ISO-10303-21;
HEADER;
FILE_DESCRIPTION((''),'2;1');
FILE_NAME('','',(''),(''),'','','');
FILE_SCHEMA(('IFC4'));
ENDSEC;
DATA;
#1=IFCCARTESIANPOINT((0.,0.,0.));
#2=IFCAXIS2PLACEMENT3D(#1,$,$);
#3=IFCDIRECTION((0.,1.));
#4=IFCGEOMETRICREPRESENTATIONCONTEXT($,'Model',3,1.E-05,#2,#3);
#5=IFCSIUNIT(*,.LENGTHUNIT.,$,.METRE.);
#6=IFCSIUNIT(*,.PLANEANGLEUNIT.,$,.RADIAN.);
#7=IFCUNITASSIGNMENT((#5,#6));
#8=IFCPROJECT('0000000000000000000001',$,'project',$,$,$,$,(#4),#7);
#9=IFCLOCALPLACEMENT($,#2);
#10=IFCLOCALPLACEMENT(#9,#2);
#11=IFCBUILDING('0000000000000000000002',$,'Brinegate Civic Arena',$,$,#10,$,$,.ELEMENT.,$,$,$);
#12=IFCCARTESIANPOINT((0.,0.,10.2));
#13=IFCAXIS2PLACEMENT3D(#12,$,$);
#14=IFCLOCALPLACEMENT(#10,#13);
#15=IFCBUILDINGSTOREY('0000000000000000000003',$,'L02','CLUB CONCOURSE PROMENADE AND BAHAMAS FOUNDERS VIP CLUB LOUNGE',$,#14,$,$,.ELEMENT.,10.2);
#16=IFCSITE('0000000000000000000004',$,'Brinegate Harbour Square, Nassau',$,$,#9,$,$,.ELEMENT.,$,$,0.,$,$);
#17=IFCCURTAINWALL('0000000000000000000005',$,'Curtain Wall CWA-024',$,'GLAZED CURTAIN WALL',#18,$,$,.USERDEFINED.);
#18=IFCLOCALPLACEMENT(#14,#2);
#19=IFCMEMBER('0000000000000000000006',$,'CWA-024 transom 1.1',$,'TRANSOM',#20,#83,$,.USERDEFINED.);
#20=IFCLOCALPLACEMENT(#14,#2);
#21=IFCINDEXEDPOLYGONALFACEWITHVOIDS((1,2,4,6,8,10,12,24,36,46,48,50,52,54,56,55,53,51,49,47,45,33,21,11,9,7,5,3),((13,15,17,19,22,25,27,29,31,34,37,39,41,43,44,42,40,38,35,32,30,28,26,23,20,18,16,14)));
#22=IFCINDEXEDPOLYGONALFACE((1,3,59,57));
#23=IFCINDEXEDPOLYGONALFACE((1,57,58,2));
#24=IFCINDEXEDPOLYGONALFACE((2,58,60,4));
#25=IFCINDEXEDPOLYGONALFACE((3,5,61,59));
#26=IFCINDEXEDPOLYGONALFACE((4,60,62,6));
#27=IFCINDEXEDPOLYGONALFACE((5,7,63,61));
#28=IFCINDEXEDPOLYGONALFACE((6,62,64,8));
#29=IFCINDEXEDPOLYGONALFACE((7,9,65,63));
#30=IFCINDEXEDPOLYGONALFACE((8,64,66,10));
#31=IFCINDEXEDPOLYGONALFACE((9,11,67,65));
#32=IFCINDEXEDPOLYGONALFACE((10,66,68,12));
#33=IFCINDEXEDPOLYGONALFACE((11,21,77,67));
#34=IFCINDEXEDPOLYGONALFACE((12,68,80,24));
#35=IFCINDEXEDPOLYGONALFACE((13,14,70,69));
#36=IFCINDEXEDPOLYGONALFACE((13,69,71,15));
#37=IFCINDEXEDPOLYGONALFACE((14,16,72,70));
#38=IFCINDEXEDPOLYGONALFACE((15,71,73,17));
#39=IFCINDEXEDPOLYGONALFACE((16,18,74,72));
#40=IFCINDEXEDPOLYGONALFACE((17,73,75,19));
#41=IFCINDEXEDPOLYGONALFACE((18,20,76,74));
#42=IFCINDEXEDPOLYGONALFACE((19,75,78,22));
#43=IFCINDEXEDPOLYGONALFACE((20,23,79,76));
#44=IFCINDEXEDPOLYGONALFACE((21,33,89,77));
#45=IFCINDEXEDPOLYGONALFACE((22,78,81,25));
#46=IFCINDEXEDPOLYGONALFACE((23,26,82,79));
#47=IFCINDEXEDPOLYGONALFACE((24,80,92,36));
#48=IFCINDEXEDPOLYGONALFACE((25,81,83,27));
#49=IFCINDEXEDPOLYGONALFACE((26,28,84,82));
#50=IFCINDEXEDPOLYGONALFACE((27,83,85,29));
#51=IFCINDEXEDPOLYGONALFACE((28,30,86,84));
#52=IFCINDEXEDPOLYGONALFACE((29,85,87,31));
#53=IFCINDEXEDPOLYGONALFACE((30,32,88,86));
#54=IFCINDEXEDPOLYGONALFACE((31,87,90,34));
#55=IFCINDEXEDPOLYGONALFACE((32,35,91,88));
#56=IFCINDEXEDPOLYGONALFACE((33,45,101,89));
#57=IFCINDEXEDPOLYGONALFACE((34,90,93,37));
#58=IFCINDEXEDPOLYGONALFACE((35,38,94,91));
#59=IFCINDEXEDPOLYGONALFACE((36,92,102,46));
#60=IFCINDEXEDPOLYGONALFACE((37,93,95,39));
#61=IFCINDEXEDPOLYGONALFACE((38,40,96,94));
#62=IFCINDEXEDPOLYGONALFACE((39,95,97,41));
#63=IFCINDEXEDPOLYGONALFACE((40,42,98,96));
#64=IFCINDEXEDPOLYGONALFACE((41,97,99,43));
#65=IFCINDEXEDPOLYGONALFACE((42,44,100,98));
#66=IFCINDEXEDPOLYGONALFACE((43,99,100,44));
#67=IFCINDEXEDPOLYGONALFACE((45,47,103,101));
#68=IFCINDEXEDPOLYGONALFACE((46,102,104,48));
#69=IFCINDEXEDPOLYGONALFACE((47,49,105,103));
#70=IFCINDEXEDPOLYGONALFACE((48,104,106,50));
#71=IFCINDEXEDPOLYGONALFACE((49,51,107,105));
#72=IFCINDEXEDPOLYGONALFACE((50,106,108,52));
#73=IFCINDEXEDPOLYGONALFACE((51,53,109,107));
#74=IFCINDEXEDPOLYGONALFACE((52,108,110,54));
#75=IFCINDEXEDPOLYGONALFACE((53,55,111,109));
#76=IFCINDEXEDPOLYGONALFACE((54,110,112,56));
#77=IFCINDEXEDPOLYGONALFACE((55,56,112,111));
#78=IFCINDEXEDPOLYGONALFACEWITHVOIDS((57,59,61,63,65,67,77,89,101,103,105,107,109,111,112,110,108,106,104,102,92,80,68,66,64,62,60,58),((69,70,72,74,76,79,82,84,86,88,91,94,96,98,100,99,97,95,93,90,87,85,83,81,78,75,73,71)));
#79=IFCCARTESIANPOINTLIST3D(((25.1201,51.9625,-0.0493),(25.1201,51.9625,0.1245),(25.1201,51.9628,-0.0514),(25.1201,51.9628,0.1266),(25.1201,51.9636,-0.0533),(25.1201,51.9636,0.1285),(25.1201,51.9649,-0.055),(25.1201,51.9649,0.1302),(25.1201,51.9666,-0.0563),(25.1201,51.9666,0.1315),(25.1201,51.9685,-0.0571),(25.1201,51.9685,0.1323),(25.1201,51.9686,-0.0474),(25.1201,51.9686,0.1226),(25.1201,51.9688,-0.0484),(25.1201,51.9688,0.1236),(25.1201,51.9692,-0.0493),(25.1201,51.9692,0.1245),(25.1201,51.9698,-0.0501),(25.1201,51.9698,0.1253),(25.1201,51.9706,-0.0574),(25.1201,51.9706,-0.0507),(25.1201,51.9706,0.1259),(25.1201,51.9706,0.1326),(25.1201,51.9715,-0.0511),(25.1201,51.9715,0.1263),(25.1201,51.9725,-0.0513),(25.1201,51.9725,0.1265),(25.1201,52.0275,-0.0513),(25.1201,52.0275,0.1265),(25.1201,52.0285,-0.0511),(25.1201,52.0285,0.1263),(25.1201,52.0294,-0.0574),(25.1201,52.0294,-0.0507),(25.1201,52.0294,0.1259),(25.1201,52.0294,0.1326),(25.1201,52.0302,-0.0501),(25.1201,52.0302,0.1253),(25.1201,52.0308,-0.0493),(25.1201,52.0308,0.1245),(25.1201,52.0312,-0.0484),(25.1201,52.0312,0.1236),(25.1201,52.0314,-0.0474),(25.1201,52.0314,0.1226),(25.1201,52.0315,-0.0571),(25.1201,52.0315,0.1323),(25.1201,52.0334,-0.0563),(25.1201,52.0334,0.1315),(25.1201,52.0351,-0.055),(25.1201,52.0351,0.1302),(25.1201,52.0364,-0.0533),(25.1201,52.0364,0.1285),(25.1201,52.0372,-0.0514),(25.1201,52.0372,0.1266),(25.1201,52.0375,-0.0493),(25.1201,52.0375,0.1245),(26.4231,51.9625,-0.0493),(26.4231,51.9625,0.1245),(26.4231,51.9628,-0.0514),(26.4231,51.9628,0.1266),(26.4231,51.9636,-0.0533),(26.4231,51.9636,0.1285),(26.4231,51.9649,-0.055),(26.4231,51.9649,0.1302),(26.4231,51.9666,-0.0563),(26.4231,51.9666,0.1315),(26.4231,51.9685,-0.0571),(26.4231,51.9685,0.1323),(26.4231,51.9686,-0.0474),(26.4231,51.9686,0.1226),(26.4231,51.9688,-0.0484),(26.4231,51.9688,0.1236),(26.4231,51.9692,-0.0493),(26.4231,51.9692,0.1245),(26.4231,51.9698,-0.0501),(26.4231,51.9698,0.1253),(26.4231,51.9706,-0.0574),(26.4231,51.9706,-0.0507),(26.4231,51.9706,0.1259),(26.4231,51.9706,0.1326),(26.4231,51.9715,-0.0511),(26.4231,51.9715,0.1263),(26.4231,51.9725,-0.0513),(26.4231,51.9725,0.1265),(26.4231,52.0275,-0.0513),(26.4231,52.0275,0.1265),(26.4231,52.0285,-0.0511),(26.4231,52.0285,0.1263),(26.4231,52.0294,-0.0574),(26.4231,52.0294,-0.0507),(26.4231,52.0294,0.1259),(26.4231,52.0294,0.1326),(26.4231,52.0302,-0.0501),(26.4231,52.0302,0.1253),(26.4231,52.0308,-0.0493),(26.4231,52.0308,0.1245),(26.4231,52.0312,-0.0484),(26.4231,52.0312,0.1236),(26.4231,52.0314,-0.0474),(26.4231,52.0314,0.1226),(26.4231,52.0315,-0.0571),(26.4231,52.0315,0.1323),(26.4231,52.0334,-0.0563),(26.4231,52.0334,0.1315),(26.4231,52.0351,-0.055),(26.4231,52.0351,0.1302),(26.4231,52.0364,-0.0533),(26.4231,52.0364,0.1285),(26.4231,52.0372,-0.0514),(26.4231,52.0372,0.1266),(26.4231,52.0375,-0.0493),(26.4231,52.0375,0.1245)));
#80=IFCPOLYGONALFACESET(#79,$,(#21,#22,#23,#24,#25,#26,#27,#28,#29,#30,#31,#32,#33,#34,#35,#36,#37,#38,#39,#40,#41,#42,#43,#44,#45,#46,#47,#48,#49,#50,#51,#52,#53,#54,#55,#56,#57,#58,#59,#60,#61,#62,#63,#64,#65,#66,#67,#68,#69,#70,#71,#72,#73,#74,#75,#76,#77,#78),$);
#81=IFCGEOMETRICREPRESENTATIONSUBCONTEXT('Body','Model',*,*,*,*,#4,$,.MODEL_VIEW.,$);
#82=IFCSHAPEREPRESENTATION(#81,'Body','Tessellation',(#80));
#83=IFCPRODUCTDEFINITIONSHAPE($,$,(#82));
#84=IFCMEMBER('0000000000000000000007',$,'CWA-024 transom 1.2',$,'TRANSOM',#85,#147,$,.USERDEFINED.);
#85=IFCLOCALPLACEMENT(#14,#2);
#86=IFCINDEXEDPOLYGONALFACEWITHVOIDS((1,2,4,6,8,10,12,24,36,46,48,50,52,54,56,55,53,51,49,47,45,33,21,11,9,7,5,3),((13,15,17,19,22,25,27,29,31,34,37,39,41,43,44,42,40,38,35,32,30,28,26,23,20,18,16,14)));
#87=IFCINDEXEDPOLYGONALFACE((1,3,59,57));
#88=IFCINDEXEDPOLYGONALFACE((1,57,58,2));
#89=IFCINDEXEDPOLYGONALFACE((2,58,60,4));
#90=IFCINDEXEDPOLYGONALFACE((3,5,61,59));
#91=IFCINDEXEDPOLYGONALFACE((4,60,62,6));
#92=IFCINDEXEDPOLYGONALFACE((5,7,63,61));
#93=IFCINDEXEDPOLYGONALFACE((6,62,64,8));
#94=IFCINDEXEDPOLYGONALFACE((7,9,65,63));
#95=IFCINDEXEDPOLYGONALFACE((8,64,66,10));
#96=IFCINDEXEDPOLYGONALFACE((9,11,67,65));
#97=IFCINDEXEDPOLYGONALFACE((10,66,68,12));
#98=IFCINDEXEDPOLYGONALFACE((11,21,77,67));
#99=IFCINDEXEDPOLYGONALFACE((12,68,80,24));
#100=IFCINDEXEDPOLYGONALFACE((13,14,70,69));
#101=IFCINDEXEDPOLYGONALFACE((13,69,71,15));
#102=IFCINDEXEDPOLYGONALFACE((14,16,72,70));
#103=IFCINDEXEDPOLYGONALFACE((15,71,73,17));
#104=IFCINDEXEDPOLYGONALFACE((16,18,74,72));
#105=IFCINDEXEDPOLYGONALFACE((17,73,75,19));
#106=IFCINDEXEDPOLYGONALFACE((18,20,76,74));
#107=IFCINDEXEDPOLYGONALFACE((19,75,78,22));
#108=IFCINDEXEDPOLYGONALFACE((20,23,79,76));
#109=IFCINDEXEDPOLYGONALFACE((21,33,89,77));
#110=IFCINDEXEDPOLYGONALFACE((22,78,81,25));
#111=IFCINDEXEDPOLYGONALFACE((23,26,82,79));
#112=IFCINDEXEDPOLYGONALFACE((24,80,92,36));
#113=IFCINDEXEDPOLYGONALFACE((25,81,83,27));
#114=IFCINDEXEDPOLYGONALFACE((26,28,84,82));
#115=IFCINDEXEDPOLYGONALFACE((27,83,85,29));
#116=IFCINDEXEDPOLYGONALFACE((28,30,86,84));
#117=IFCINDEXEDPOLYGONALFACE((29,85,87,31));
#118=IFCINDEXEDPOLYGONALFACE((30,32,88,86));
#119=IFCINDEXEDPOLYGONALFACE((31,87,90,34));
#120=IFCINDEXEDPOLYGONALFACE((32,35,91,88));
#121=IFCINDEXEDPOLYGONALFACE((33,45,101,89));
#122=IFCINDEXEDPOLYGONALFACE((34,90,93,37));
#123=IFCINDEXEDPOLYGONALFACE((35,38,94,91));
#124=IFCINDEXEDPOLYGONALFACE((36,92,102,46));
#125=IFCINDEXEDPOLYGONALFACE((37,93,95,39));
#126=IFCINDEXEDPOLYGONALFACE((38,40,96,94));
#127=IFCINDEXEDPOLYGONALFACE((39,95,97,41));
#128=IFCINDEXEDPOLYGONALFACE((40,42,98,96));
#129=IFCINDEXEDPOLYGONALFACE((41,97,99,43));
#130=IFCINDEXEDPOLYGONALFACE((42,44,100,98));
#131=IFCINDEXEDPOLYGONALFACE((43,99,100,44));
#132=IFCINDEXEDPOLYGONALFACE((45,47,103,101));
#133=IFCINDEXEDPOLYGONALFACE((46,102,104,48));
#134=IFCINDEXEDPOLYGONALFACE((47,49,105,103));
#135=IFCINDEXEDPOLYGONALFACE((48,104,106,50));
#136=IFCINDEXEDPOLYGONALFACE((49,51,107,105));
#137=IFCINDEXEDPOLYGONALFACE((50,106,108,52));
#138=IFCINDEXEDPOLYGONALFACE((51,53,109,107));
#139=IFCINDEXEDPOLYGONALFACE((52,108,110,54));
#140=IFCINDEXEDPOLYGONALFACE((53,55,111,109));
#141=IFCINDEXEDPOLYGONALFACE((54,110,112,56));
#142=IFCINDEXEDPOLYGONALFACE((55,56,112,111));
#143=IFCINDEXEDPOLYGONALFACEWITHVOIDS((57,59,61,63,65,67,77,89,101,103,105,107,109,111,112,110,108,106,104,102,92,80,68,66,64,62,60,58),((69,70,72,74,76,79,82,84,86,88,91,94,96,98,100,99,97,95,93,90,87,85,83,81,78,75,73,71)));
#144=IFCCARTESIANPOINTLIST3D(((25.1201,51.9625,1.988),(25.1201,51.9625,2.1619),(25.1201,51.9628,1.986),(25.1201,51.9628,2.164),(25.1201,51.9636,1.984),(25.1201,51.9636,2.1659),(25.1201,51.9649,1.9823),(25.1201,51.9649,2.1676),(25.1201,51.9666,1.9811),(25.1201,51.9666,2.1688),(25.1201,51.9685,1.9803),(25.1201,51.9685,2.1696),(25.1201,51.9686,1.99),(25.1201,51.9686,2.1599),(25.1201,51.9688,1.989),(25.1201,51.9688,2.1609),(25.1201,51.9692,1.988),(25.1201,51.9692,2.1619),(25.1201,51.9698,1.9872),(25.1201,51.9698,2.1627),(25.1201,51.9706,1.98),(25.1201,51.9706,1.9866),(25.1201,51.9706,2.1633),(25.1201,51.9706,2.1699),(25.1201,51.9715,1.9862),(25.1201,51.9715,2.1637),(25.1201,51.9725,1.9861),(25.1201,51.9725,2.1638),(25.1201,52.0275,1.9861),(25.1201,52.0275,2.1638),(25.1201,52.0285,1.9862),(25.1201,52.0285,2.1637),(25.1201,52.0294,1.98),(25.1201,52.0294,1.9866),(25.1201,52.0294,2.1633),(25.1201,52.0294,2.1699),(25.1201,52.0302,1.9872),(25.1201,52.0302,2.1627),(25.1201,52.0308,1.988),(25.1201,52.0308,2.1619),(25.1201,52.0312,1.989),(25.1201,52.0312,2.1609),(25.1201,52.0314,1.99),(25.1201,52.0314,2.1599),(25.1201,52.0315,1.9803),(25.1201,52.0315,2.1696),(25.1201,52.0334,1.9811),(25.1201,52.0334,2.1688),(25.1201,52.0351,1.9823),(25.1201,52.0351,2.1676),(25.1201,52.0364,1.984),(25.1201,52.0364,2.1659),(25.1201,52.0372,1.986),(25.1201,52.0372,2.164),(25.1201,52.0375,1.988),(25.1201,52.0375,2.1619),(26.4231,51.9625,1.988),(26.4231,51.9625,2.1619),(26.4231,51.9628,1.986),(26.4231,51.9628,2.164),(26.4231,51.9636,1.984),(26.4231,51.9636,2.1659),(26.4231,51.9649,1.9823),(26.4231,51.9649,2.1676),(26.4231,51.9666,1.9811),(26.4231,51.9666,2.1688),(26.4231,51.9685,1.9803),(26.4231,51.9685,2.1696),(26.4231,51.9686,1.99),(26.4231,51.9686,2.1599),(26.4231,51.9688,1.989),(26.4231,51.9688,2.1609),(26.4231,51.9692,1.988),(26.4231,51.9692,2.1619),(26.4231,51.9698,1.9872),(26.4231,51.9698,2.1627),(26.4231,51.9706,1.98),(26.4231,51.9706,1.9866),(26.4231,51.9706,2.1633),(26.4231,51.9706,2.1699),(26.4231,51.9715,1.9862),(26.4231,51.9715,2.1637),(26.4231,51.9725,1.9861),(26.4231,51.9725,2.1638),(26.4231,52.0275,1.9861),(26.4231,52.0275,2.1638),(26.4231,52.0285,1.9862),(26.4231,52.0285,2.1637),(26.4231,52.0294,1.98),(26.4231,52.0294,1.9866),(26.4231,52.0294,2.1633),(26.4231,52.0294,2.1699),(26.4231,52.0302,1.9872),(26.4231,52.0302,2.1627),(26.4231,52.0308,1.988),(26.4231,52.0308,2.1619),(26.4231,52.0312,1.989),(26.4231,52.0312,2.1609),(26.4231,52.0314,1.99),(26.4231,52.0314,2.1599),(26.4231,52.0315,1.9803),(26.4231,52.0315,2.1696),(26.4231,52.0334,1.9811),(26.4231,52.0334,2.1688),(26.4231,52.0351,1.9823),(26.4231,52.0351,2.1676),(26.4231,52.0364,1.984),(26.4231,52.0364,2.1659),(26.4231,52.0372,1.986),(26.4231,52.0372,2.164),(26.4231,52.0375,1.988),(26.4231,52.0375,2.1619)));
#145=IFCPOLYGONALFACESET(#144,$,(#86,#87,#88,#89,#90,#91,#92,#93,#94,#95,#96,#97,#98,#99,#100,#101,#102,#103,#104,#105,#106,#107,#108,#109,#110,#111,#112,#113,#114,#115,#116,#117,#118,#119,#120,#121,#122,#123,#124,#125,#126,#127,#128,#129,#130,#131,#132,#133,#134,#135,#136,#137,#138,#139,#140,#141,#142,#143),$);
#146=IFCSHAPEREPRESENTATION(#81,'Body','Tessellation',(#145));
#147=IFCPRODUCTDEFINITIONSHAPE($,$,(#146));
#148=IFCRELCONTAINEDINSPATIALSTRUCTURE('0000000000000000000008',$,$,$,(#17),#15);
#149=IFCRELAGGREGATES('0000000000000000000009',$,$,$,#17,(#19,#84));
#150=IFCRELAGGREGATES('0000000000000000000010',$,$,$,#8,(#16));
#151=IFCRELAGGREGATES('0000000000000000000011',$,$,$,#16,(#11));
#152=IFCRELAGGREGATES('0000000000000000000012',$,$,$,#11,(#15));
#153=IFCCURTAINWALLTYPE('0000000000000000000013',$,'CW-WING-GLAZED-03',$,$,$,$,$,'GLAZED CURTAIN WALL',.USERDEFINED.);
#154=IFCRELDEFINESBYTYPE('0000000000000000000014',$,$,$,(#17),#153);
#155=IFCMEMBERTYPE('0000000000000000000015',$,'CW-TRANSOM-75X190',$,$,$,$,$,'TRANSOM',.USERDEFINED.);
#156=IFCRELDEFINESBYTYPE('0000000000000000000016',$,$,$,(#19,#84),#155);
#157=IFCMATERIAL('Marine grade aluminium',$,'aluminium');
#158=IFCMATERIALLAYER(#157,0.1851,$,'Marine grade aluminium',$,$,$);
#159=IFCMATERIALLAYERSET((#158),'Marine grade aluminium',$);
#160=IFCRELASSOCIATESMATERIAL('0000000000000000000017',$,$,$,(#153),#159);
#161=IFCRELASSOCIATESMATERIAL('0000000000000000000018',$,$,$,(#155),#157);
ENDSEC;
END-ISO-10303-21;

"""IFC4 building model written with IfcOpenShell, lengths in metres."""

from ifc_helpers import new_model, si_unit, direction, frame, origin, origin_2d, place, context, subcontext, project, spatial, hollow_rectangle, extrude, material, layer, layer_set, material_profile, profile_set, type_object, element, aggregate, save


model = new_model("IFC4")

# Units and contexts
model_context = context("Model", 3, precision=1e-05, world=origin(), true_north=direction((0.0, 1.0)))
body_context = subcontext(model_context, "Body", "Model", "MODEL_VIEW")
ifc_project = project(units=[si_unit("LENGTHUNIT", "METRE"), si_unit("PLANEANGLEUNIT", "RADIAN")], contexts=[model_context])

# Site, building, storey
site_placement = place(None, origin())
site = spatial("IfcSite", under=ifc_project, at=site_placement, Name="Brinegate Harbour Square, Nassau", CompositionType="ELEMENT", RefElevation=0.0)
building_placement = place(site_placement, origin())
building = spatial("IfcBuilding", under=site, at=building_placement, Name="Brinegate Civic Arena", CompositionType="ELEMENT")
storey_placement = place(building_placement, frame((0.0, 0.0, 10.2)))
storey = spatial("IfcBuildingStorey", under=building, at=storey_placement, Name="L02", Description="CLUB CONCOURSE PROMENADE AND BAHAMAS FOUNDERS VIP CLUB LOUNGE", CompositionType="ELEMENT", Elevation=10.2)

# Shared definitions
ifc_material_1 = material(Name="Marine grade aluminium", Category="aluminium")
ifc_layer_1 = layer(ifc_material_1, 0.1851, Name="Marine grade aluminium")
ifc_layer_set_1 = layer_set([ifc_layer_1], Name="Marine grade aluminium")
curtain_wall_type_1 = type_object("IfcCurtainWallType", Name="CW-WING-GLAZED-03", ElementType="GLAZED CURTAIN WALL", PredefinedType="USERDEFINED", material=ifc_layer_set_1)

# Curtain wall
curtain_wall_1_placement = place(storey_placement, origin())
curtain_wall_1 = element("IfcCurtainWall", 1, at=curtain_wall_1_placement, inside=storey, type_object=curtain_wall_type_1, Name="Curtain Wall CWA-024", ObjectType="GLAZED CURTAIN WALL", PredefinedType="USERDEFINED")

# Members
ifc_material_profile_1 = material_profile(ifc_material_1, hollow_rectangle(XDim=0.075, YDim=0.1899, WallThickness=0.0061, InnerFilletRadius=0.0039, OuterFilletRadius=0.0081, at=origin_2d()), Name="TRN75X190")
ifc_profile_set_1 = profile_set([ifc_material_profile_1], Name="Marine grade aluminium")
member_type_1 = type_object("IfcMemberType", Name="CW-TRANSOM-75X190", ElementType="TRANSOM", PredefinedType="USERDEFINED", material=ifc_profile_set_1)
member_1_placement = place(storey_placement, frame((25.1201, 52.0, 0.0376), z_axis=(1.0, 0.0, 0.0), x_axis=(0.0, 1.0, 0.0)))
member_1 = element("IfcMember", 2, at=member_1_placement, type_object=member_type_1, Name="CWA-024 transom 1.1", ObjectType="TRANSOM", PredefinedType="USERDEFINED", context=body_context, shape_type="SweptSolid", body=[
    extrude(hollow_rectangle(XDim=0.075, YDim=0.1899, WallThickness=0.0061, InnerFilletRadius=0.0039, OuterFilletRadius=0.0081, at=origin_2d()), origin(), (0.0, 0.0, 1.0), 1.303),
])
member_2_placement = place(storey_placement, frame((25.1201, 52.0, 2.075), z_axis=(1.0, 0.0, 0.0), x_axis=(0.0, 1.0, 0.0)))
member_2 = element("IfcMember", 3, at=member_2_placement, type_object=member_type_1, Name="CWA-024 transom 1.2", ObjectType="TRANSOM", PredefinedType="USERDEFINED", context=body_context, shape_type="SweptSolid", body=[
    extrude(hollow_rectangle(XDim=0.075, YDim=0.1899, WallThickness=0.0061, InnerFilletRadius=0.0039, OuterFilletRadius=0.0081, at=origin_2d()), origin(), (0.0, 0.0, 1.0), 1.303),
])

aggregate(curtain_wall_1, [member_1, member_2])

save(model, "model.ifc")
